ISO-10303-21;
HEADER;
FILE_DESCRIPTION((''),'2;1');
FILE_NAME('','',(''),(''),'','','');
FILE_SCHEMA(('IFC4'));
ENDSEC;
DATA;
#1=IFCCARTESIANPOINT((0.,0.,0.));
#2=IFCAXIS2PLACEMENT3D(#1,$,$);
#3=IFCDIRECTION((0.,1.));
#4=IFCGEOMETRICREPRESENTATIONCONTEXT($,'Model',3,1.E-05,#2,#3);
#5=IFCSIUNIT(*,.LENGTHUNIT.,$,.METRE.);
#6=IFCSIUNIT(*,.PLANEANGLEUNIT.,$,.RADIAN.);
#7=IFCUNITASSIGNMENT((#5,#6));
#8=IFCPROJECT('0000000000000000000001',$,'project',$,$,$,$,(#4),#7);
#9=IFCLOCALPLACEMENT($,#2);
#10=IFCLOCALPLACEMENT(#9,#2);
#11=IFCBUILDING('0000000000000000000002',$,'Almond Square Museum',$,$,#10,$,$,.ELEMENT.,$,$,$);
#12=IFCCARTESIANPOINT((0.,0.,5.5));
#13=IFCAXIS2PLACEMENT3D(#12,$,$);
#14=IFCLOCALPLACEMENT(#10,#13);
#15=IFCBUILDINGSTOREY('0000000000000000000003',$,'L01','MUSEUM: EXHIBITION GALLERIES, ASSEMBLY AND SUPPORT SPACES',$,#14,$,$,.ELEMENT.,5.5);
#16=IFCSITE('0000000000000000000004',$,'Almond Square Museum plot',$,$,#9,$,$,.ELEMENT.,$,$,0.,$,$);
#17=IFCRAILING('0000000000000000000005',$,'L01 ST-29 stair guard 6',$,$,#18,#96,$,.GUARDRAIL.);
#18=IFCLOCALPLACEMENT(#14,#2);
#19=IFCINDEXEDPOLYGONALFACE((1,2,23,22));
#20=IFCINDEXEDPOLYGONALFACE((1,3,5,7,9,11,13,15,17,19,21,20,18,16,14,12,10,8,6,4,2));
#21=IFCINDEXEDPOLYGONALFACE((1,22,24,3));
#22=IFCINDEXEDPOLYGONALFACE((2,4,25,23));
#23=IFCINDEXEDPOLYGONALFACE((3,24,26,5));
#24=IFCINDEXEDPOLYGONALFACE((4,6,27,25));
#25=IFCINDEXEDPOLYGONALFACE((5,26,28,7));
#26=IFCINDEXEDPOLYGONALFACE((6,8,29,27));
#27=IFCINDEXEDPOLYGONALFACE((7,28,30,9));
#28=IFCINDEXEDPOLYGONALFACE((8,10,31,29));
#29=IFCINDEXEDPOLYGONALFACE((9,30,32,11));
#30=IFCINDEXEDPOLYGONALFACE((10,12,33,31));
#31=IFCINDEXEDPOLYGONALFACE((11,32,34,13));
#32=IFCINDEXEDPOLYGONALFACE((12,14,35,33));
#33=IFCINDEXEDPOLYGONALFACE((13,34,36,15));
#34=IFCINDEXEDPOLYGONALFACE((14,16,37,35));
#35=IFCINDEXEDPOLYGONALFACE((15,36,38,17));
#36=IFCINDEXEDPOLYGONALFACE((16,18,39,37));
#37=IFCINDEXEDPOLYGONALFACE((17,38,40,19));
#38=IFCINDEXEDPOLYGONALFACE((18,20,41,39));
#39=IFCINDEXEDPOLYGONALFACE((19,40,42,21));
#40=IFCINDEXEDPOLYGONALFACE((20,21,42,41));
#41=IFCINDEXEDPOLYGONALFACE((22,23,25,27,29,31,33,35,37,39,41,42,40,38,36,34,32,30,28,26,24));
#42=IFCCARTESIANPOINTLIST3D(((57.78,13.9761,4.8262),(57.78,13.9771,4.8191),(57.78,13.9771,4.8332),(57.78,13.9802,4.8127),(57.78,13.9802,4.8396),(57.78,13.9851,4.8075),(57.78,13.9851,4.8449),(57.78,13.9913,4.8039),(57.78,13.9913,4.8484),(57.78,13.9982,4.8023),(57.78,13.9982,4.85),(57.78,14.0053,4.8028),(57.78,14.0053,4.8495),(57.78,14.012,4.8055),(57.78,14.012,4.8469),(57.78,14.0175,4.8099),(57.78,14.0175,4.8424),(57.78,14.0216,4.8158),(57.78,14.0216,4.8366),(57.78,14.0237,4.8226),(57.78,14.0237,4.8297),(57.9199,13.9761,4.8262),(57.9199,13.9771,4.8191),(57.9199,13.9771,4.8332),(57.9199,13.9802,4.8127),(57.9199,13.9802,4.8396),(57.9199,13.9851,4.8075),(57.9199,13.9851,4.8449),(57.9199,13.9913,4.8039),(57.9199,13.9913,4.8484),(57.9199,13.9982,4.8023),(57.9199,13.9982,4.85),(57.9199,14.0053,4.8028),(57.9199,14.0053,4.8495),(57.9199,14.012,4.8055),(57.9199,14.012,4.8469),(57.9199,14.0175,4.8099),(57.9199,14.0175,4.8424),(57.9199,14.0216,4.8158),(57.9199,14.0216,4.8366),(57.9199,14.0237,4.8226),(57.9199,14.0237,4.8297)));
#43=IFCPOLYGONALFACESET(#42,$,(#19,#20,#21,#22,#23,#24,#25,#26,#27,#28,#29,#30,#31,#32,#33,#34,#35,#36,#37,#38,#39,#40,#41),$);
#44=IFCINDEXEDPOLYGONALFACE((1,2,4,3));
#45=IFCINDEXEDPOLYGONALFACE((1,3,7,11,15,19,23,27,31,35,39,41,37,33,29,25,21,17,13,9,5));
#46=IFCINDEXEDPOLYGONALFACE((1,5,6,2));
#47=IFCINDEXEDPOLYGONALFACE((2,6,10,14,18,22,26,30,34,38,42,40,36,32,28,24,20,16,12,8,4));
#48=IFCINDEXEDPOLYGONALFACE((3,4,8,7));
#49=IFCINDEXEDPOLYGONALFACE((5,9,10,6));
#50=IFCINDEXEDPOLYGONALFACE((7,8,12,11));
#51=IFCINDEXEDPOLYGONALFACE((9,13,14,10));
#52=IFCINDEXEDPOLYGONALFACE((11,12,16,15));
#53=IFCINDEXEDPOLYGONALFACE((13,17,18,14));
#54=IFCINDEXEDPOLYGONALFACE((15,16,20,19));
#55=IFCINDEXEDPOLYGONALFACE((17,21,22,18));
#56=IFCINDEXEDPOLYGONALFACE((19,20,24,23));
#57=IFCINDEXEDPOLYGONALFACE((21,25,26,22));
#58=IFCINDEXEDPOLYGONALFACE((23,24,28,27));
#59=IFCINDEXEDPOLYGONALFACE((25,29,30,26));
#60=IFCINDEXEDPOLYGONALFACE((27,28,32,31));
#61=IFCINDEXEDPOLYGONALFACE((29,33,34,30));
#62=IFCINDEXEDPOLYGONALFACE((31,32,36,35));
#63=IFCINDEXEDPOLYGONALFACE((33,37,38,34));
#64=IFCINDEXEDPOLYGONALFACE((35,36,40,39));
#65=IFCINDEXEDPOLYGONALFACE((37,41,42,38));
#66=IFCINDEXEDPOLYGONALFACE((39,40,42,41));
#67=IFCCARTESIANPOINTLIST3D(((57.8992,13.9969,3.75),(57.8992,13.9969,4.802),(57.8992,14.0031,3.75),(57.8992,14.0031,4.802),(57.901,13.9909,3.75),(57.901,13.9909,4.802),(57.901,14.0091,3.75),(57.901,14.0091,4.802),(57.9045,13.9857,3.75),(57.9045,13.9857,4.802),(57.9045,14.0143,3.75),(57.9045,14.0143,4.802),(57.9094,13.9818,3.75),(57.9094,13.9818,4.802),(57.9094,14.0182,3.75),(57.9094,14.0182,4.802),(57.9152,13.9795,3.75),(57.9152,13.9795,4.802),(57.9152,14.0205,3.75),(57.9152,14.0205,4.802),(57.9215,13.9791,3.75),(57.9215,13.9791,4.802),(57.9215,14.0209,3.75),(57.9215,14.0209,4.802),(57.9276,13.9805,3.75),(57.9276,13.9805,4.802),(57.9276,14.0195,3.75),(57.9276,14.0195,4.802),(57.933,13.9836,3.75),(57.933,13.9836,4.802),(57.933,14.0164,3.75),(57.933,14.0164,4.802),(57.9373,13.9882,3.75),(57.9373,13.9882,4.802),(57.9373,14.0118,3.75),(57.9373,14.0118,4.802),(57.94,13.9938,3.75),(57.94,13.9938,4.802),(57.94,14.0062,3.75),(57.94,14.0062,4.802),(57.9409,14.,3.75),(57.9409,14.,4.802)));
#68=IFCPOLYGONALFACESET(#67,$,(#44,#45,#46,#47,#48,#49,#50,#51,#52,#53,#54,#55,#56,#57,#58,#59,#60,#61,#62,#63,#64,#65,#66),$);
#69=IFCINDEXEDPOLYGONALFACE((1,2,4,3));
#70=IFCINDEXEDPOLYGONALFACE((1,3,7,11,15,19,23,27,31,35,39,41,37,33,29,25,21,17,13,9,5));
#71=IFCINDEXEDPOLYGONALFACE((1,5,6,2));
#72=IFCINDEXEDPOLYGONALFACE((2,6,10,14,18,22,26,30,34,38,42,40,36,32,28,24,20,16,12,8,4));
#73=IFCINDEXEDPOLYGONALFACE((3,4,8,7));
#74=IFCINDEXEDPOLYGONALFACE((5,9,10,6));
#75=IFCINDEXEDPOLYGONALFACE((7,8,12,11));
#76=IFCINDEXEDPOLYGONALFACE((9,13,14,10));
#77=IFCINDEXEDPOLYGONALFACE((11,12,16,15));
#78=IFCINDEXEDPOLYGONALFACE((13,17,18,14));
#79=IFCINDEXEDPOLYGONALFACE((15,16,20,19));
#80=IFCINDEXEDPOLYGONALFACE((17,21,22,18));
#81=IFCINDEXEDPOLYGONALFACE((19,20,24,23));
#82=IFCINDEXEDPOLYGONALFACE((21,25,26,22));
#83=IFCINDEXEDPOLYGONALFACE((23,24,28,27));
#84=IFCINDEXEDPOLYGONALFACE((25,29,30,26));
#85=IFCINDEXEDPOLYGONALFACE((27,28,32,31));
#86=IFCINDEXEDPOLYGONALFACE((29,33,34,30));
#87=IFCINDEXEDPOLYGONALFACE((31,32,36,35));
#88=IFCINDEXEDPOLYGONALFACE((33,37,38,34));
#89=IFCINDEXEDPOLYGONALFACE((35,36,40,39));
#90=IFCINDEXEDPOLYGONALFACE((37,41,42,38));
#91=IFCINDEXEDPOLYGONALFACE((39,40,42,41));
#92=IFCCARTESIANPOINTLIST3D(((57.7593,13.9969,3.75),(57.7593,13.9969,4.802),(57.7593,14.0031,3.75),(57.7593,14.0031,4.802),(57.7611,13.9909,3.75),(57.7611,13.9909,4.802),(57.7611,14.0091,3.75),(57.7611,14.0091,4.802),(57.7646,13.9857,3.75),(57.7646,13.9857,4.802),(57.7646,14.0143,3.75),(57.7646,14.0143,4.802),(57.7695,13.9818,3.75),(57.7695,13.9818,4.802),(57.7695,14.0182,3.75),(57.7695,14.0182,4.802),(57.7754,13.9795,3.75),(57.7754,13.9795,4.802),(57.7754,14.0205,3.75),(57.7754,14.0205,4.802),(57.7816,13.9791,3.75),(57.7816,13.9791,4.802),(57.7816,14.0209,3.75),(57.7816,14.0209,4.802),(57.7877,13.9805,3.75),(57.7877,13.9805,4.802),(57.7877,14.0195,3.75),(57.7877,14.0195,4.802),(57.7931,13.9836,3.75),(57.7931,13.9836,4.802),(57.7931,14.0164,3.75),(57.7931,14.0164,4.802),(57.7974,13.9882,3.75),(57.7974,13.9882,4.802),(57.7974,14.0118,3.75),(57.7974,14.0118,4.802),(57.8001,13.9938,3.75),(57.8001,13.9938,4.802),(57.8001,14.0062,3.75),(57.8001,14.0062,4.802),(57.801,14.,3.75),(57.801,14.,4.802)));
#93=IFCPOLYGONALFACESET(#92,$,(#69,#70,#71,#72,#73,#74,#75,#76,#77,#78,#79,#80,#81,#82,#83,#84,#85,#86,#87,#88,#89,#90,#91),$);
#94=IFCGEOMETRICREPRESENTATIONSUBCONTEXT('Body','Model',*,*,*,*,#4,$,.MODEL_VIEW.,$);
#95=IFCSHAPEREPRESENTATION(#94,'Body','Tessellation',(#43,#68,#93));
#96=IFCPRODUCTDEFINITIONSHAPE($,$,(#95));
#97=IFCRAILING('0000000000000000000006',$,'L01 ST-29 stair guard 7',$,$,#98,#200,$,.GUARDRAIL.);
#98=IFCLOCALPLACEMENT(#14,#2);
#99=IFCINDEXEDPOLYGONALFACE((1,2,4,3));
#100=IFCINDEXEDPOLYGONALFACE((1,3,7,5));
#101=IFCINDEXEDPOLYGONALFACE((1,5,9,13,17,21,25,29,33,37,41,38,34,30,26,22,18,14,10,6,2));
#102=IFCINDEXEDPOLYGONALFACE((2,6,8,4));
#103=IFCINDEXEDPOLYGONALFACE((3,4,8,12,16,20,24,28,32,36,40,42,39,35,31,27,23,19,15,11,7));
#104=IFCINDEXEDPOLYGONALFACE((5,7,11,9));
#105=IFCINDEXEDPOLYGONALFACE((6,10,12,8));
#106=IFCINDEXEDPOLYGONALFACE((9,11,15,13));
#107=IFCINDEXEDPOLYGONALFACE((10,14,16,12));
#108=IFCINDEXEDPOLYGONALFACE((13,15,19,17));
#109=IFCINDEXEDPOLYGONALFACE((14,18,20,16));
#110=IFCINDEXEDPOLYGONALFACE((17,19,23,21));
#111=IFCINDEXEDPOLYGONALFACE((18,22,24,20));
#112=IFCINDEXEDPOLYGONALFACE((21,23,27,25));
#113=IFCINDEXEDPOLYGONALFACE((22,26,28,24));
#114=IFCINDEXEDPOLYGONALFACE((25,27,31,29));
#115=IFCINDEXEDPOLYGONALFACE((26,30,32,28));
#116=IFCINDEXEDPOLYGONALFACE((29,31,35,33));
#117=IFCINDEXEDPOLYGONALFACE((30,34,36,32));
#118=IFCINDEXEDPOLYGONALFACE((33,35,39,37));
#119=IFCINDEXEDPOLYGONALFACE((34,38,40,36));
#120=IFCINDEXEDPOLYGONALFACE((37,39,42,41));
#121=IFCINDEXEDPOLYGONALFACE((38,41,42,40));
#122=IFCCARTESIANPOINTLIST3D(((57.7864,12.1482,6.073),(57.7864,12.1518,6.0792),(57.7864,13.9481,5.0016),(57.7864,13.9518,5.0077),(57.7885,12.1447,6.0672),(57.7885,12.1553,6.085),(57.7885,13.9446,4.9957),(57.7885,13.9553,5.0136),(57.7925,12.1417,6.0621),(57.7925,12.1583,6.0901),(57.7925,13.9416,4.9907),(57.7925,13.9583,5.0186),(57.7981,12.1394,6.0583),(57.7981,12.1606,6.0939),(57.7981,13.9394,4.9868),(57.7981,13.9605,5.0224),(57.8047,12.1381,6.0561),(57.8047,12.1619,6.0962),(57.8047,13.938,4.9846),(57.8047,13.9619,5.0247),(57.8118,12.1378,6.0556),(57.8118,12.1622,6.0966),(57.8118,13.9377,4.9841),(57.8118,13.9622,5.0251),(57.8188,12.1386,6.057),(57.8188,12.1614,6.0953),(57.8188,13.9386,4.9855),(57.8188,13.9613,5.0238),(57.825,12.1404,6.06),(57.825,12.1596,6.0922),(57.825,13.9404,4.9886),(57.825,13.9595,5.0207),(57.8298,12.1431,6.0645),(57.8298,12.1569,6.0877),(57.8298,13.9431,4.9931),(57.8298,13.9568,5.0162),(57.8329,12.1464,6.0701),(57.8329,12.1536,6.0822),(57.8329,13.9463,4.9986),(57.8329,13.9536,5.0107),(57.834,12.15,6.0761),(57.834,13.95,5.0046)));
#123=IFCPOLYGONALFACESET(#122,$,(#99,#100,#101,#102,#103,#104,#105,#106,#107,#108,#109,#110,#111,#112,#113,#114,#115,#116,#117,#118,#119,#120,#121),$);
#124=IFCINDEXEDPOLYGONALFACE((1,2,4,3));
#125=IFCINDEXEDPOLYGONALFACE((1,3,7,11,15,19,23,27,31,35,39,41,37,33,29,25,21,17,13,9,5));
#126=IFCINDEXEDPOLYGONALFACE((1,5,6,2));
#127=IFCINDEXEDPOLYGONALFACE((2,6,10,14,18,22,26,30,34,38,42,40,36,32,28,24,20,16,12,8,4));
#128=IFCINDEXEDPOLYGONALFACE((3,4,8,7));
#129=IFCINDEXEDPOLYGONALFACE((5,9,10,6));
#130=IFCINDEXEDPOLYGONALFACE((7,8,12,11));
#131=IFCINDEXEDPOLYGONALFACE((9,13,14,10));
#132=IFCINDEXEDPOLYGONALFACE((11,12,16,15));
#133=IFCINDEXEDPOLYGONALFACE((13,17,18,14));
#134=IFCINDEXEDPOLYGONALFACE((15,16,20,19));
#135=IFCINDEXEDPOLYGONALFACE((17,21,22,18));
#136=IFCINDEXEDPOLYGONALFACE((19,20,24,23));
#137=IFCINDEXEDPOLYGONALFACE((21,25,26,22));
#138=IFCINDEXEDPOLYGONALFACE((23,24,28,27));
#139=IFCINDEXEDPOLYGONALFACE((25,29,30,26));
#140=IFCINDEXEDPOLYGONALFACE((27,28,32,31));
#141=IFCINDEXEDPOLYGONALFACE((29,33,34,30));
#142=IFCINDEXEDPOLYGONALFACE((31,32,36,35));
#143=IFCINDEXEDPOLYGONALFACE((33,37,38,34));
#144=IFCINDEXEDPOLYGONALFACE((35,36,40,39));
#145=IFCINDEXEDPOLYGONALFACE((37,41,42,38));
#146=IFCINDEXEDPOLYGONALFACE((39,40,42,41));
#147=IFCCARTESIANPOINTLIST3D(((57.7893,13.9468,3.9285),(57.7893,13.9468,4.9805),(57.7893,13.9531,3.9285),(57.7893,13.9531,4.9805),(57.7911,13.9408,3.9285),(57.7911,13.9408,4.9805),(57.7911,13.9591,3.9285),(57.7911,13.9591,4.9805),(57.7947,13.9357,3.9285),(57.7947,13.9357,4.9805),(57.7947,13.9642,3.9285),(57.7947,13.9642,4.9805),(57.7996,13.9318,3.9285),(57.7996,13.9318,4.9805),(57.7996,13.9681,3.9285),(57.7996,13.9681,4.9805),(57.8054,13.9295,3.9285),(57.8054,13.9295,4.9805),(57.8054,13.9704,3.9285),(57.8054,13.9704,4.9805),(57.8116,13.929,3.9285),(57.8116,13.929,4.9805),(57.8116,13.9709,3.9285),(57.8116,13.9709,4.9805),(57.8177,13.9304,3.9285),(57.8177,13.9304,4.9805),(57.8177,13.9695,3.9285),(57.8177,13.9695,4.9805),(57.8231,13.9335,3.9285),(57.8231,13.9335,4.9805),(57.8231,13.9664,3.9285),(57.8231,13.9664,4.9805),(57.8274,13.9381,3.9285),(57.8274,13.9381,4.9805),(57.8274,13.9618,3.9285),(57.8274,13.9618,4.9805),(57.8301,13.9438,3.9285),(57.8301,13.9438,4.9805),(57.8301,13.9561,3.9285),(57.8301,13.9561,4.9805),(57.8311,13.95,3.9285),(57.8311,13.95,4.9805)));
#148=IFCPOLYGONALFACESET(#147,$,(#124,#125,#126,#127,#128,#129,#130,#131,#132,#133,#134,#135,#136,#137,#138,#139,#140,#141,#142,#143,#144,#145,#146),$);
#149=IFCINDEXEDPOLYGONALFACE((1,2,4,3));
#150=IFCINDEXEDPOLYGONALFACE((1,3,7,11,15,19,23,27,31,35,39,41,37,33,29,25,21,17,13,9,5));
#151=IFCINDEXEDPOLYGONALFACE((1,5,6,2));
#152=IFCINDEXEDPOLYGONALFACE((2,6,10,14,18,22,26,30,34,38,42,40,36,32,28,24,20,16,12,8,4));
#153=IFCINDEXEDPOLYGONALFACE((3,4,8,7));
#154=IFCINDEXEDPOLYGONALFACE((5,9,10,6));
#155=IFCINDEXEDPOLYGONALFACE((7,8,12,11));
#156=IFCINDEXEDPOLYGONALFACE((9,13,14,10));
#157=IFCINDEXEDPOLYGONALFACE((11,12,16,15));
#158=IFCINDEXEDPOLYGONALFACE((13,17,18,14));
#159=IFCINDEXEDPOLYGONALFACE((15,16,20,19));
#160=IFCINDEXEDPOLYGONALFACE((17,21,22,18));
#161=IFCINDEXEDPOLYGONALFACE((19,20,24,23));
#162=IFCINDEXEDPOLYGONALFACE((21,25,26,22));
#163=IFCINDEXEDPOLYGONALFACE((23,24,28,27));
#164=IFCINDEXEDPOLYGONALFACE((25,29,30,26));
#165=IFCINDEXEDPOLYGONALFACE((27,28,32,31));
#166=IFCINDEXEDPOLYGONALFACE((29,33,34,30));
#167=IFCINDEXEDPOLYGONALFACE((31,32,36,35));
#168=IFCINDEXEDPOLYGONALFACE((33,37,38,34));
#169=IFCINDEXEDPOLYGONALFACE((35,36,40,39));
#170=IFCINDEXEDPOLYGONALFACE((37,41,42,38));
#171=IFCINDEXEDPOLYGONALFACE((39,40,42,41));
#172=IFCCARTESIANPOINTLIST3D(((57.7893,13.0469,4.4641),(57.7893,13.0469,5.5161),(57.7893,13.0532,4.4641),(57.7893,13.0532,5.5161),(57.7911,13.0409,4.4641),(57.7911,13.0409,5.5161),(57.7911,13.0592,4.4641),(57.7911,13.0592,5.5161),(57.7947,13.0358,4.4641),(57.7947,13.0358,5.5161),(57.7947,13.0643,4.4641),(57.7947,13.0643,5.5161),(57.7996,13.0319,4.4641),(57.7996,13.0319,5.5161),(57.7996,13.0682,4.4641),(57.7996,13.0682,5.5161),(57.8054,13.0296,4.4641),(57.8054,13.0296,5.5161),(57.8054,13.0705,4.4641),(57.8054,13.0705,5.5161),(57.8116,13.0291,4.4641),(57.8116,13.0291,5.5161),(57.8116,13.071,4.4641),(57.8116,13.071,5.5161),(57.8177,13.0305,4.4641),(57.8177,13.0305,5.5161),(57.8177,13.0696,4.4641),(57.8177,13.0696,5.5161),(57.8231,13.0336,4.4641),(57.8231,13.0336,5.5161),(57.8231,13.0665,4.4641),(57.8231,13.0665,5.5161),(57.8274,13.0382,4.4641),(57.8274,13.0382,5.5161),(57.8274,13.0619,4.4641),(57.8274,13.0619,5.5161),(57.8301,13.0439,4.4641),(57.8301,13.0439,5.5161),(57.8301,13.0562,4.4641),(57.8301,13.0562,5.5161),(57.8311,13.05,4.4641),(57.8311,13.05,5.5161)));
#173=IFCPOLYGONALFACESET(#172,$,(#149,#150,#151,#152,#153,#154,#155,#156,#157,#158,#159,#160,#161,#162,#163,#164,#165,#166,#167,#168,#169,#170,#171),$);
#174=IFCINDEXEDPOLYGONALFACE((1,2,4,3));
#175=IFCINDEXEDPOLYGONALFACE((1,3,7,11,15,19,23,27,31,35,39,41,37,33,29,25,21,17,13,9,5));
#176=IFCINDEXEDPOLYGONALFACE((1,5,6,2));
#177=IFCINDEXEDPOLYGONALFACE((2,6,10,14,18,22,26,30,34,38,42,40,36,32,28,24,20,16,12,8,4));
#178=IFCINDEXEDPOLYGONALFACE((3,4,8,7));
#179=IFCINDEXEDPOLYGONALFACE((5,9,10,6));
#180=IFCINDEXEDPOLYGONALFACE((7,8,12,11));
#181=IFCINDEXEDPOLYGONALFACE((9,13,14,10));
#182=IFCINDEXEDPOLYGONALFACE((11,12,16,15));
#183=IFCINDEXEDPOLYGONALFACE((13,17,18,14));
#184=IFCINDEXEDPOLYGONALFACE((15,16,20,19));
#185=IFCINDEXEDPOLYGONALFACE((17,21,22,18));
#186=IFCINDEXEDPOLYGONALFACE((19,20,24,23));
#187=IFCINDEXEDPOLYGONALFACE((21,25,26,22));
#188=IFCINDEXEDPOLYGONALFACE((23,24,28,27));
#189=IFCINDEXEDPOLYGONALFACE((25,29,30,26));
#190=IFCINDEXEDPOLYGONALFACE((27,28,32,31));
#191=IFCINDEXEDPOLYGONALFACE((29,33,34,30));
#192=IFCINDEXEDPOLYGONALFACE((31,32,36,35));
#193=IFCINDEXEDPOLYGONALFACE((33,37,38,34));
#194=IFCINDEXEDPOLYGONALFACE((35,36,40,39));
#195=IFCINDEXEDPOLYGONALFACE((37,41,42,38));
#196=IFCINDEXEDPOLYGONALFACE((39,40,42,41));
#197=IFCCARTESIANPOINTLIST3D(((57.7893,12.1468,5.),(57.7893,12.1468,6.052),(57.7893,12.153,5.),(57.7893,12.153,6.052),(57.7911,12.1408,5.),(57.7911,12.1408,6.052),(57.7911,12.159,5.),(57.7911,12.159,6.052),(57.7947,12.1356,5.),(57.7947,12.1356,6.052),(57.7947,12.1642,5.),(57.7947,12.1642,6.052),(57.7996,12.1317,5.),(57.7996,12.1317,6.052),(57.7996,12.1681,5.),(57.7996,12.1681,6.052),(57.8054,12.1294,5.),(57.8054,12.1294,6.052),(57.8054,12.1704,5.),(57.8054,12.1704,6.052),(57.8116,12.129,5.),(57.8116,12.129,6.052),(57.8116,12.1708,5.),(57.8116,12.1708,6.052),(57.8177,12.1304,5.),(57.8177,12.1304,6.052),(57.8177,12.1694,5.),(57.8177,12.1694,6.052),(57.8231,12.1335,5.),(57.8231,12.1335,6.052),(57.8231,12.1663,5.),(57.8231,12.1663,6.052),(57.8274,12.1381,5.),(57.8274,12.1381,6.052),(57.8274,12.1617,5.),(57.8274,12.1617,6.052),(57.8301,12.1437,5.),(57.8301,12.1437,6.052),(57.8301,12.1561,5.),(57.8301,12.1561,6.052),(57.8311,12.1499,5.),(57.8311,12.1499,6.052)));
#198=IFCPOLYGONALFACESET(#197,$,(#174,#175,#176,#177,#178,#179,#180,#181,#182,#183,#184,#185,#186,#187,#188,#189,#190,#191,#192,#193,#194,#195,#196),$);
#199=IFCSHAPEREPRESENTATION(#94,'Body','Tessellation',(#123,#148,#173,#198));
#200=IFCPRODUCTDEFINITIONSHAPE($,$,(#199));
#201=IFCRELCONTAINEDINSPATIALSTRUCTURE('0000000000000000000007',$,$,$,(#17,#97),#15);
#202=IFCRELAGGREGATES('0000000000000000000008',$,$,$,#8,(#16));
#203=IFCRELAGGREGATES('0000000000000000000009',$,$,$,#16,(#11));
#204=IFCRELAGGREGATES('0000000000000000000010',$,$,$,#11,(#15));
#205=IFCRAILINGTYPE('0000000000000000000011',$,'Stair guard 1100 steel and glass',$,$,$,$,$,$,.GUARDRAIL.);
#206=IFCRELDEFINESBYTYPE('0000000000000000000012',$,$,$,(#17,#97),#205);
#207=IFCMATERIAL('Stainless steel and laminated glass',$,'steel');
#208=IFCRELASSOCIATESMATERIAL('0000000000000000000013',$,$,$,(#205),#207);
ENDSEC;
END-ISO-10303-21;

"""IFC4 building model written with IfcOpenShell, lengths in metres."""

from ifc_helpers import new_model, si_unit, direction, frame, origin, origin_2d, place, context, subcontext, project, spatial, circle, extrude, material, type_object, element, save


model = new_model("IFC4")

# Units and contexts
model_context = context("Model", 3, precision=1e-05, world=origin(), true_north=direction((0.0, 1.0)))
body_context = subcontext(model_context, "Body", "Model", "MODEL_VIEW")
ifc_project = project(units=[si_unit("LENGTHUNIT", "METRE"), si_unit("PLANEANGLEUNIT", "RADIAN")], contexts=[model_context])

# Site, building, storey
site_placement = place(None, origin())
site = spatial("IfcSite", under=ifc_project, at=site_placement, Name="Almond Square Museum plot", CompositionType="ELEMENT", RefElevation=0.0)
building_placement = place(site_placement, origin())
building = spatial("IfcBuilding", under=site, at=building_placement, Name="Almond Square Museum", CompositionType="ELEMENT")
storey_placement = place(building_placement, frame((0.0, 0.0, 5.5)))
storey = spatial("IfcBuildingStorey", under=building, at=storey_placement, Name="L01", Description="MUSEUM: EXHIBITION GALLERIES, ASSEMBLY AND SUPPORT SPACES", CompositionType="ELEMENT", Elevation=5.5)

# Railings
ifc_material_1 = material(Name="Stainless steel and laminated glass", Category="steel")
railing_type_1 = type_object("IfcRailingType", Name="Stair guard 1100 steel and glass", PredefinedType="GUARDRAIL", material=ifc_material_1)
railing_1_placement = place(storey_placement, frame((57.9199, 14.0, 3.75)))
element("IfcRailing", 1, at=railing_1_placement, inside=storey, type_object=railing_type_1, Name="L01 ST-29 stair guard 6", PredefinedType="GUARDRAIL", context=body_context, shape_type="SweptSolid", body=[
    extrude(circle(Radius=0.0239, at=origin_2d()), frame((0.0, 0.0, 1.0762), z_axis=(-1.0, 0.0, 0.0), x_axis=(0.0, -1.0, 0.0)), (0.0, 0.0, 1.0), 0.1399),
    extrude(circle(Radius=0.021, at=origin_2d()), origin(), (0.0, 0.0, 1.0), 1.052),
    extrude(circle(Radius=0.021, at=origin_2d()), frame((-0.1399, 0.0, 0.0)), (0.0, 0.0, 1.0), 1.052),
])
railing_2_placement = place(storey_placement, frame((57.8101, 13.95, 3.9285)))
element("IfcRailing", 2, at=railing_2_placement, inside=storey, type_object=railing_type_1, Name="L01 ST-29 stair guard 7", PredefinedType="GUARDRAIL", context=body_context, shape_type="SweptSolid", body=[
    extrude(circle(Radius=0.0239, at=origin_2d()), frame((0.0, 0.0, 1.0762), z_axis=(0.0, -0.859277, 0.51151), x_axis=(1.0, 0.0, 0.0)), (0.0, 0.0, 1.0), 2.0947),
    extrude(circle(Radius=0.021, at=origin_2d()), origin(), (0.0, 0.0, 1.0), 1.052),
    extrude(circle(Radius=0.021, at=origin_2d()), frame((0.0, -0.8999, 0.5356)), (0.0, 0.0, 1.0), 1.052),
    extrude(circle(Radius=0.021, at=origin_2d()), frame((0.0, -1.8, 1.0715)), (0.0, 0.0, 1.0), 1.052),
])

save(model, "model.ifc")
